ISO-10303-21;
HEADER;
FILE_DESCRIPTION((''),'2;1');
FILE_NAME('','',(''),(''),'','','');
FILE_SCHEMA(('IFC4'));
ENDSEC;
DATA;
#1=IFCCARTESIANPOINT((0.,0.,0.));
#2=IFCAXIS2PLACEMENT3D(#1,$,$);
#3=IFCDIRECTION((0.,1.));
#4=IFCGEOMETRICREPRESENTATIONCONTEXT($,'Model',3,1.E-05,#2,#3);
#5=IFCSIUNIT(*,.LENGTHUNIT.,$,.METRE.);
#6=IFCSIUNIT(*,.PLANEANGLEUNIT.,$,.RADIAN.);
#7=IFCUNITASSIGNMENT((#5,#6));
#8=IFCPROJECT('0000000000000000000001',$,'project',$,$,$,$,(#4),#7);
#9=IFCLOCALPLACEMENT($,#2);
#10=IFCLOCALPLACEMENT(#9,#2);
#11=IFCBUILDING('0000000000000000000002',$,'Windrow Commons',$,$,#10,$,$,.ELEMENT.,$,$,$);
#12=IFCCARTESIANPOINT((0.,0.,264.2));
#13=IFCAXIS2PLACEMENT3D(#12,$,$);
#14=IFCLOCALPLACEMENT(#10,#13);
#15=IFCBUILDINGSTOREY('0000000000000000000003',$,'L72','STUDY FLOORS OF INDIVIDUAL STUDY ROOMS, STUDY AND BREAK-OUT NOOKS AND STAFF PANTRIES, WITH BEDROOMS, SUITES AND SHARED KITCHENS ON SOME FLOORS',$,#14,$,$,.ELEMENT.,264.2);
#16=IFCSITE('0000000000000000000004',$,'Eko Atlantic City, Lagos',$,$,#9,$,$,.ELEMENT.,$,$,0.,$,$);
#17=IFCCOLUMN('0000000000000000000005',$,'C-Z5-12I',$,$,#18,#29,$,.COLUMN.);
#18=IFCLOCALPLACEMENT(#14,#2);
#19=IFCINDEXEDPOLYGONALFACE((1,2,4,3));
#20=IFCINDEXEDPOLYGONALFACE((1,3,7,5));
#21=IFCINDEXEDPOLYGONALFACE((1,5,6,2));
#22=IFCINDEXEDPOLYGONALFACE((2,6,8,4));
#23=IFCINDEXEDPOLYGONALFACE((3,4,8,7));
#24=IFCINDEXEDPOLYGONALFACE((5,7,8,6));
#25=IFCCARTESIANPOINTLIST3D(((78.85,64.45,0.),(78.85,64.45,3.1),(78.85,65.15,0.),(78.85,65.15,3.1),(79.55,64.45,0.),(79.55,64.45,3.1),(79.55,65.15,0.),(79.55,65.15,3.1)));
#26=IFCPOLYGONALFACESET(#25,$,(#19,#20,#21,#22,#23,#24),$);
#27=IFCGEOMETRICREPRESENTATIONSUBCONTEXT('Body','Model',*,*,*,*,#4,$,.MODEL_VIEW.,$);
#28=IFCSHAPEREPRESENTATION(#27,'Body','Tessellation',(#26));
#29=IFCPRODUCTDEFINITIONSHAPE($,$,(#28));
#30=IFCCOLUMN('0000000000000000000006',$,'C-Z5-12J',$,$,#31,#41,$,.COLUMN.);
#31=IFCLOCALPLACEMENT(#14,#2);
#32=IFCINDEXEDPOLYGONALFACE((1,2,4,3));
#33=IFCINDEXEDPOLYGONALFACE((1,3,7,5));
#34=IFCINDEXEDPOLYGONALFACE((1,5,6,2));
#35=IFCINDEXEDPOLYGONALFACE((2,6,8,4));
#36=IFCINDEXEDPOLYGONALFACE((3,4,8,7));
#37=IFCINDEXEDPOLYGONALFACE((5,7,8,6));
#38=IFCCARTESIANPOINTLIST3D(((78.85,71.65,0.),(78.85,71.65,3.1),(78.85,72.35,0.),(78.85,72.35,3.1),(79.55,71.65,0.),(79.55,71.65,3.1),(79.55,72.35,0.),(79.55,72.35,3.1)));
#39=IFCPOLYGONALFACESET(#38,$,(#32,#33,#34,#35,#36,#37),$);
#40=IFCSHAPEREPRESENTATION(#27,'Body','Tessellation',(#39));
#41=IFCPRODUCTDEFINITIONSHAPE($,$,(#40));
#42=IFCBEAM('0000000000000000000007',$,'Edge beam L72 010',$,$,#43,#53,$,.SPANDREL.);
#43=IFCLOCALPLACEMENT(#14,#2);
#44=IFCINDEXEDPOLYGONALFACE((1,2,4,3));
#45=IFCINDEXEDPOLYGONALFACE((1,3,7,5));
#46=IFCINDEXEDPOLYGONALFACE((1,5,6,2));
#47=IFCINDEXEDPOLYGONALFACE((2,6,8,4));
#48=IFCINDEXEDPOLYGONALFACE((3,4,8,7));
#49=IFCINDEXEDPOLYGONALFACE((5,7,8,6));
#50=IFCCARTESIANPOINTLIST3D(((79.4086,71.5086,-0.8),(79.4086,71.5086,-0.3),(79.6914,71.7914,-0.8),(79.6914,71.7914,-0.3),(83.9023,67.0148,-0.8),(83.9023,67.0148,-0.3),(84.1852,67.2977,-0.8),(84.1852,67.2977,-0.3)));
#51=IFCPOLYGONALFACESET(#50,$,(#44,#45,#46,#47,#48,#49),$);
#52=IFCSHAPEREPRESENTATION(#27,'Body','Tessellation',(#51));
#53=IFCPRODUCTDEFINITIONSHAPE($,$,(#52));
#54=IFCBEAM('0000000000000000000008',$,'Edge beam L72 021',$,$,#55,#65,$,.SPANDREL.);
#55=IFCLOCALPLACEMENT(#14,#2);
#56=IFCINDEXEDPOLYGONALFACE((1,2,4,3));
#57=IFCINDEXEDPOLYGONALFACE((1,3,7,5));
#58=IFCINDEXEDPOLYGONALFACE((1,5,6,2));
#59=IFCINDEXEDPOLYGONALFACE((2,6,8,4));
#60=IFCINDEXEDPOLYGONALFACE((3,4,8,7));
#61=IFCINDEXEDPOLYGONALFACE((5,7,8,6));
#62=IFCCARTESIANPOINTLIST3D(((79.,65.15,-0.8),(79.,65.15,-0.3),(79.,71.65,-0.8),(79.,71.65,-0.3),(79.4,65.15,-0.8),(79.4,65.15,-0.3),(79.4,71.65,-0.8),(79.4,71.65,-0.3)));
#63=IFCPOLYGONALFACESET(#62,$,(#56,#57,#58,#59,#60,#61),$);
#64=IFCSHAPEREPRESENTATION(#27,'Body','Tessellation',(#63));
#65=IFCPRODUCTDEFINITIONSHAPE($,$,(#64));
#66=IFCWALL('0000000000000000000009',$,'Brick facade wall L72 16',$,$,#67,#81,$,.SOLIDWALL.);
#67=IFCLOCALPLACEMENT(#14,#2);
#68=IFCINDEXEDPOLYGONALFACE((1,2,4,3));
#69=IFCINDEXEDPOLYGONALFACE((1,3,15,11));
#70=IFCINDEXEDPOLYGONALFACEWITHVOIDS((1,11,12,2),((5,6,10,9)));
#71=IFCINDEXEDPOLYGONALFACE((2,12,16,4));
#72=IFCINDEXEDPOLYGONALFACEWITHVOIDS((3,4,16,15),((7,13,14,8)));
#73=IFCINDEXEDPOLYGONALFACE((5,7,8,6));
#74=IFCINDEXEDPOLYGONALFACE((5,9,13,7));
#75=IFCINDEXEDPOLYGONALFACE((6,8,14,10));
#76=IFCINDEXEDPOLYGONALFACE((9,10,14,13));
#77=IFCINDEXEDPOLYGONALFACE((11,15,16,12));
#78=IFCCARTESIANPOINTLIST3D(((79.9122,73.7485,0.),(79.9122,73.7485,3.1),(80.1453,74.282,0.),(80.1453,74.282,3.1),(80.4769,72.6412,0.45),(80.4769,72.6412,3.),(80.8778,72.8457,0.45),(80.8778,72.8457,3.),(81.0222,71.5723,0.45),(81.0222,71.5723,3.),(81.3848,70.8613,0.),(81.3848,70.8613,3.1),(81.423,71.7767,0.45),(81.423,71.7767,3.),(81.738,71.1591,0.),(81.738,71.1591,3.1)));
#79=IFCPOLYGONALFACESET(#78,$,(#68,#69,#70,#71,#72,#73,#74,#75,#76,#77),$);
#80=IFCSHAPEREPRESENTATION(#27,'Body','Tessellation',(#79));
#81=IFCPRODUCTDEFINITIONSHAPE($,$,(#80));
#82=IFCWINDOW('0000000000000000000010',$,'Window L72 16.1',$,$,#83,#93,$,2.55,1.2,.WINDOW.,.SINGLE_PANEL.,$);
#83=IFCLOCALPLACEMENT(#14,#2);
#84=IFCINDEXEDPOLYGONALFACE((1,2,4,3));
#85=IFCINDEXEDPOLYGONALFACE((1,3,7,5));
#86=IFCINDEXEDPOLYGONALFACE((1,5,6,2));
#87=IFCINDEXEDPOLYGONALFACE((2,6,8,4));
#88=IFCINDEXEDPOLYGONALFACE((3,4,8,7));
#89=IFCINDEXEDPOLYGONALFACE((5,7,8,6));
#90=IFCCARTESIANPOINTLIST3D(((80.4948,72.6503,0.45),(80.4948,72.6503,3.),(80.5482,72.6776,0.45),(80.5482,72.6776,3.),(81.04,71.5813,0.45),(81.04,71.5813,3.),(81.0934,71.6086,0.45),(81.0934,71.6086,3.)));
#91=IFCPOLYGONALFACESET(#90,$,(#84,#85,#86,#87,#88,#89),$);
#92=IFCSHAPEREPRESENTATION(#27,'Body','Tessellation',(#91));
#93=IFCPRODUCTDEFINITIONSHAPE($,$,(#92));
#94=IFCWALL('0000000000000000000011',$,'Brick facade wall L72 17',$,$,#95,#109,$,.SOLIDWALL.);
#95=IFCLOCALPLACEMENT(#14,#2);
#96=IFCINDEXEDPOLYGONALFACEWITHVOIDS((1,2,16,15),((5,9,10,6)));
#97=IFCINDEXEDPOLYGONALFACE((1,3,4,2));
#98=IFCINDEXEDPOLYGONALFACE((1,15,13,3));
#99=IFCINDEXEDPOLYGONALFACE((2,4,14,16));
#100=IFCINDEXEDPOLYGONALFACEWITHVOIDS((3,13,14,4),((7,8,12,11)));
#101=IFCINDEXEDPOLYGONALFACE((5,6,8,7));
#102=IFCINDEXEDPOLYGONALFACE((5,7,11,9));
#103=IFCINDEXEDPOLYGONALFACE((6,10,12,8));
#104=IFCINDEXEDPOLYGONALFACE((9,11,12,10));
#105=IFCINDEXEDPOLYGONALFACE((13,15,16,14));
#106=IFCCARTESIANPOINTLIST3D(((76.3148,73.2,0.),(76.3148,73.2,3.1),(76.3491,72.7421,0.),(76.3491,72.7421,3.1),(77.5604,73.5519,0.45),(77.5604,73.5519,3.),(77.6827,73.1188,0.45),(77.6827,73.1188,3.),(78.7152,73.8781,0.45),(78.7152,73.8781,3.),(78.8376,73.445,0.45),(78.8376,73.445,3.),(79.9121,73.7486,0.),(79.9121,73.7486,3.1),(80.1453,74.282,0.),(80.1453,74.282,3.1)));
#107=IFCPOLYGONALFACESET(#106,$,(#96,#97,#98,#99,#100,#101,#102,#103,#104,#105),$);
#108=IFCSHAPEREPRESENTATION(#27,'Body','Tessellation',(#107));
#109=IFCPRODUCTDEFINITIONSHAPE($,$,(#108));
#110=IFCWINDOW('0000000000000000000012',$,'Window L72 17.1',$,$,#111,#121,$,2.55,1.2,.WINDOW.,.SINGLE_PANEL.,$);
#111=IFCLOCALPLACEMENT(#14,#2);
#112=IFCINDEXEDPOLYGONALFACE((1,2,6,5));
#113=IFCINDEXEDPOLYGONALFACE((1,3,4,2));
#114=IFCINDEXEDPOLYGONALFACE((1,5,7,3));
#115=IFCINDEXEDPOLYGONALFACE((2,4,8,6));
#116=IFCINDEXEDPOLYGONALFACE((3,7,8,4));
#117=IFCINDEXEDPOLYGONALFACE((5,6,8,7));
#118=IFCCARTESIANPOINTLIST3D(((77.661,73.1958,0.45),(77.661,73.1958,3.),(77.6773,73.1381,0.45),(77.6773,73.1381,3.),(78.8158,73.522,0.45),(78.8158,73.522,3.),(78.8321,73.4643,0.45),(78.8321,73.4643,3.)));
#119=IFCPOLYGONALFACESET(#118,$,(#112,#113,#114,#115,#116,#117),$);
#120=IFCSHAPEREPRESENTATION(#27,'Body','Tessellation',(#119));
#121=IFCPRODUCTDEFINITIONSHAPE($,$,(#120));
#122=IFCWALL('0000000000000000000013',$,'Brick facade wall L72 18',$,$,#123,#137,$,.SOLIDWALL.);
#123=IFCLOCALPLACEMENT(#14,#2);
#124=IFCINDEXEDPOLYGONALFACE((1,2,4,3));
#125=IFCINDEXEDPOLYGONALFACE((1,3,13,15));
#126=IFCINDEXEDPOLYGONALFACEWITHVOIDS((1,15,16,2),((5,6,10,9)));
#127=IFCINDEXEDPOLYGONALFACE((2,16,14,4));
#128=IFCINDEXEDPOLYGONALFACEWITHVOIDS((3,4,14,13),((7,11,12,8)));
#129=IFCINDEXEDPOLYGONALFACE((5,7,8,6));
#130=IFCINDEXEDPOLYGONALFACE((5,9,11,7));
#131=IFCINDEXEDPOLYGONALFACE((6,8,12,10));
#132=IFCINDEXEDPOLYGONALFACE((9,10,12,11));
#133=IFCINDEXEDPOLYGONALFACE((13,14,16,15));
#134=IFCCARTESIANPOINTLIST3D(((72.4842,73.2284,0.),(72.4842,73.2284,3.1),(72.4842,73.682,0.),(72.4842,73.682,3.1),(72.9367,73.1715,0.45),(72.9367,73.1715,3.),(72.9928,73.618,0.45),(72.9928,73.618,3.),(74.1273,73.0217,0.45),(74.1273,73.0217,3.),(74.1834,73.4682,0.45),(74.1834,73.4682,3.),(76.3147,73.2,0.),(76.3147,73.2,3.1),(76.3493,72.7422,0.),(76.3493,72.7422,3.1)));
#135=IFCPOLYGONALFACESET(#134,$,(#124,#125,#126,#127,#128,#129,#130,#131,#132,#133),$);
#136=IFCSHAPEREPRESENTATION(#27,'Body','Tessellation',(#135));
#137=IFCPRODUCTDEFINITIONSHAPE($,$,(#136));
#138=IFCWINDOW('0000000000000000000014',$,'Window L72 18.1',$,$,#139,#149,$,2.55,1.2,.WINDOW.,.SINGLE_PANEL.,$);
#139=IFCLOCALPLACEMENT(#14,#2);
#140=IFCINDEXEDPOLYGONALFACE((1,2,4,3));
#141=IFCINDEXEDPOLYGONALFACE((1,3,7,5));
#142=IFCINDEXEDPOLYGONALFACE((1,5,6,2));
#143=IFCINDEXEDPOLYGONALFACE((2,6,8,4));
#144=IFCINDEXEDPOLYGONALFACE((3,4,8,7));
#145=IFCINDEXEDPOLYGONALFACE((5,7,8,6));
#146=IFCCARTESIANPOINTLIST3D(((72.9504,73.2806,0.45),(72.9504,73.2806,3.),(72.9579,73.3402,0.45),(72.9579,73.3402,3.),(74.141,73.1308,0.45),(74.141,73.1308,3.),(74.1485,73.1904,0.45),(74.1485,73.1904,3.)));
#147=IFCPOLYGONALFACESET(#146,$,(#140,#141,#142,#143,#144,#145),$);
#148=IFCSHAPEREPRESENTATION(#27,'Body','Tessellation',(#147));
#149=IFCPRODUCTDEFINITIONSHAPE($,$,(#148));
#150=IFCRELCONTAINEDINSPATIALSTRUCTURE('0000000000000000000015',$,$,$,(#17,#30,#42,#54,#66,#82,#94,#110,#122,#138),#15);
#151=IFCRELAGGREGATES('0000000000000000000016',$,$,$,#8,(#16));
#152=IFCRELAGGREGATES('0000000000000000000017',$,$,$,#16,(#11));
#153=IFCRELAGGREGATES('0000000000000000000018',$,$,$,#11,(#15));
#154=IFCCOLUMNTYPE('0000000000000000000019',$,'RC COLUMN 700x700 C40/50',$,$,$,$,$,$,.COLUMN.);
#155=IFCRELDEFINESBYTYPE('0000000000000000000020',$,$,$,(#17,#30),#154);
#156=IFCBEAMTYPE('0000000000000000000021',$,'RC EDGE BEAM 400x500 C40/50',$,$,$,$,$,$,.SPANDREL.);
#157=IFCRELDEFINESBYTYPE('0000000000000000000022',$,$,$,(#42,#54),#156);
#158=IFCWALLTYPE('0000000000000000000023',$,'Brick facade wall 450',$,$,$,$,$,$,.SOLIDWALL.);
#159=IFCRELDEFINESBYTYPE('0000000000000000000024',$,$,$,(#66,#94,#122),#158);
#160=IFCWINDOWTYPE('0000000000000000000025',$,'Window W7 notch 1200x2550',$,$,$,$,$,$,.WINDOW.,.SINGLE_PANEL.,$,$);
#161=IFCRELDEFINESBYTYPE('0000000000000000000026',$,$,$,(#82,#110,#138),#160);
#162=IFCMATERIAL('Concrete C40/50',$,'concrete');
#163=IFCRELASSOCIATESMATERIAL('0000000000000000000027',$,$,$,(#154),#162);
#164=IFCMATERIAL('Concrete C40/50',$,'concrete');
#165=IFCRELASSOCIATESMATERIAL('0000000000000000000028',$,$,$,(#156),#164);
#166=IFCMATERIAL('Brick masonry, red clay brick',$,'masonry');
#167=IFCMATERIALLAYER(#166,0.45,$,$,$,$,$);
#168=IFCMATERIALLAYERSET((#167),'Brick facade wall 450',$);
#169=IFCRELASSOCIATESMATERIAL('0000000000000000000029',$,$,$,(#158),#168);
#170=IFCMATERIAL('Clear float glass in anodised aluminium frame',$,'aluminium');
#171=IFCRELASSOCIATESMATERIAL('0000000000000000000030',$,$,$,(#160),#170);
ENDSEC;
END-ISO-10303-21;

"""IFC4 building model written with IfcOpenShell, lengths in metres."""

from ifc_helpers import new_model, si_unit, direction, frame, frame_2d, origin, origin_2d, place, context, subcontext, project, spatial, polyline, rectangle, outline, extrude, material, layer, layer_set, material_profile, profile_set, type_object, element, fill, save


model = new_model("IFC4")

# Units and contexts
model_context = context("Model", 3, precision=1e-05, world=origin(), true_north=direction((0.0, 1.0)))
body_context = subcontext(model_context, "Body", "Model", "MODEL_VIEW")
ifc_project = project(units=[si_unit("LENGTHUNIT", "METRE"), si_unit("PLANEANGLEUNIT", "RADIAN")], contexts=[model_context])

# Site, building, storey
site_placement = place(None, origin())
site = spatial("IfcSite", under=ifc_project, at=site_placement, Name="Eko Atlantic City, Lagos", CompositionType="ELEMENT", RefElevation=0.0)
building_placement = place(site_placement, origin())
building = spatial("IfcBuilding", under=site, at=building_placement, Name="Windrow Commons", CompositionType="ELEMENT")
storey_placement = place(building_placement, frame((0.0, 0.0, 264.2)))
storey = spatial("IfcBuildingStorey", under=building, at=storey_placement, Name="L72", Description="STUDY FLOORS OF INDIVIDUAL STUDY ROOMS, STUDY AND BREAK-OUT NOOKS AND STAFF PANTRIES, WITH BEDROOMS, SUITES AND SHARED KITCHENS ON SOME FLOORS", CompositionType="ELEMENT", Elevation=264.2)

# Columns
ifc_material_1 = material(Name="Concrete C40/50", Category="concrete")
ifc_material_profile_1 = material_profile(ifc_material_1, rectangle(XDim=0.7, YDim=0.7, at=origin_2d()))
ifc_profile_set_1 = profile_set([ifc_material_profile_1], Name="Concrete C40/50")
column_type = type_object("IfcColumnType", Name="RC COLUMN 700x700 C40/50", PredefinedType="COLUMN", material=ifc_profile_set_1)
for number, where, z_axis, x_axis, name in (
    (1, (79.2, 64.8, 0.0), (0.0, 0.0, 1.0), (1.0, 0.0, 0.0), "C-Z5-12I"),
    (2, (79.2, 72.0, 0.0), (0.0, 0.0, 1.0), (1.0, 0.0, 0.0), "C-Z5-12J"),
):
    element("IfcColumn", number, at=place(storey_placement, frame(where, z_axis=z_axis, x_axis=x_axis)), inside=storey, type_object=column_type, Name=name, PredefinedType="COLUMN", context=body_context, shape_type="SweptSolid", body=[
        extrude(rectangle(XDim=0.7, YDim=0.7, at=origin_2d()), origin(), (0.0, 0.0, 1.0), 3.1),
    ])

# Beams
ifc_material_2 = material(Name="Concrete C40/50", Category="concrete")
ifc_material_profile_2 = material_profile(ifc_material_2, rectangle(XDim=0.4, YDim=0.5, at=origin_2d()))
ifc_profile_set_2 = profile_set([ifc_material_profile_2], Name="Concrete C40/50")
beam_type = type_object("IfcBeamType", Name="RC EDGE BEAM 400x500 C40/50", PredefinedType="SPANDREL", material=ifc_profile_set_2)
beam_1_placement = place(storey_placement, frame((79.55, 71.65, -0.55), z_axis=(0.707107, -0.707107, 0.0), x_axis=(0.707107, 0.707107, 0.0)))
element("IfcBeam", 3, at=beam_1_placement, inside=storey, type_object=beam_type, Name="Edge beam L72 010", PredefinedType="SPANDREL", context=body_context, shape_type="SweptSolid", body=[
    extrude(rectangle(XDim=0.4, YDim=0.5, at=origin_2d()), origin(), (0.0, 0.0, 1.0), 6.3551),
])
beam_2_placement = place(storey_placement, frame((79.2, 65.15, -0.55), z_axis=(0.0, 1.0, 0.0), x_axis=(-1.0, 0.0, 0.0)))
element("IfcBeam", 4, at=beam_2_placement, inside=storey, type_object=beam_type, Name="Edge beam L72 021", PredefinedType="SPANDREL", context=body_context, shape_type="SweptSolid", body=[
    extrude(rectangle(XDim=0.4, YDim=0.5, at=origin_2d()), origin(), (0.0, 0.0, 1.0), 6.5),
])

# Walls, openings, windows
ifc_material_3 = material(Name="Brick masonry, red clay brick", Category="masonry")
ifc_layer_1 = layer(ifc_material_3, 0.45)
ifc_layer_set_1 = layer_set([ifc_layer_1], Name="Brick facade wall 450")
wall_type_1 = type_object("IfcWallType", Name="Brick facade wall 450", PredefinedType="SOLIDWALL", material=ifc_layer_set_1)
wall_1_placement = place(storey_placement, frame((81.5614, 71.0102, 0.0), z_axis=(0.0, 0.0, 1.0), x_axis=(-0.454349, 0.890824, 0.0)))
wall_1 = element("IfcWall", 5, at=wall_1_placement, inside=storey, type_object=wall_type_1, Name="Brick facade wall L72 16", PredefinedType="SOLIDWALL", context=body_context, shape_type="SweptSolid", body=[
    extrude(outline(polyline([(0.0524, -0.225), (3.558, -0.225), (3.1887, 0.225), (-0.0524, 0.225), (0.0524, -0.225)])), origin(), (0.0, 0.0, 1.0), 3.1),
])
opening_1_placement = place(wall_1_placement, frame((0.7457, 0.0, 0.45)))
opening_1 = element("IfcOpeningElement", 6, at=opening_1_placement, cuts=wall_1, PredefinedType="OPENING", context=body_context, shape_type="SweptSolid", body=[
    extrude(rectangle(XDim=1.2, YDim=2.55, at=frame_2d((0.6, 1.275))), frame((0.0, 0.235, 0.0), z_axis=(0.0, -1.0, 0.0), x_axis=(1.0, 0.0, 0.0)), (0.0, 0.0, 1.0), 0.47),
])
ifc_material_4 = material(Name="Clear float glass in anodised aluminium frame", Category="aluminium")
window_type = type_object("IfcWindowType", Name="Window W7 notch 1200x2550", PartitioningType="SINGLE_PANEL", PredefinedType="WINDOW", material=ifc_material_4)
window_1_placement = place(opening_1_placement, origin())
window_1 = element("IfcWindow", 7, at=window_1_placement, inside=storey, type_object=window_type, Name="Window L72 16.1", OverallHeight=2.55, OverallWidth=1.2, PartitioningType="SINGLE_PANEL", PredefinedType="WINDOW", context=body_context, shape_type="SweptSolid", body=[
    extrude(rectangle(XDim=1.2, YDim=2.55, at=frame_2d((0.6, 1.275))), frame((0.0, 0.205, 0.0), z_axis=(0.0, -1.0, 0.0), x_axis=(1.0, 0.0, 0.0)), (0.0, 0.0, 1.0), 0.06),
])
fill(opening_1, window_1)
wall_2_placement = place(storey_placement, frame((80.0287, 74.0153, 0.0), z_axis=(0.0, 0.0, 1.0), x_axis=(-0.962345, -0.271832, 0.0)))
wall_2 = element("IfcWall", 8, at=wall_2_placement, inside=storey, type_object=wall_type_1, Name="Brick facade wall L72 17", PredefinedType="SOLIDWALL", context=body_context, shape_type="SweptSolid", body=[
    extrude(outline(polyline([(-0.1847, -0.225), (3.7957, -0.225), (3.8871, 0.225), (0.1847, 0.225), (-0.1847, -0.225)])), origin(), (0.0, 0.0, 1.0), 3.1),
])
opening_2_placement = place(wall_2_placement, frame((1.3013, 0.0, 0.45)))
opening_2 = element("IfcOpeningElement", 9, at=opening_2_placement, cuts=wall_2, PredefinedType="OPENING", context=body_context, shape_type="SweptSolid", body=[
    extrude(rectangle(XDim=1.2, YDim=2.55, at=frame_2d((0.6, 1.275))), frame((0.0, 0.235, 0.0), z_axis=(0.0, -1.0, 0.0), x_axis=(1.0, 0.0, 0.0)), (0.0, 0.0, 1.0), 0.47),
])
window_2_placement = place(opening_2_placement, origin())
window_2 = element("IfcWindow", 10, at=window_2_placement, inside=storey, type_object=window_type, Name="Window L72 17.1", OverallHeight=2.55, OverallWidth=1.2, PartitioningType="SINGLE_PANEL", PredefinedType="WINDOW", context=body_context, shape_type="SweptSolid", body=[
    extrude(rectangle(XDim=1.2, YDim=2.55, at=frame_2d((0.6, 1.275))), frame((0.0, 0.205, 0.0), z_axis=(0.0, -1.0, 0.0), x_axis=(1.0, 0.0, 0.0)), (0.0, 0.0, 1.0), 0.06),
])
fill(opening_2, window_2)
wall_3_placement = place(storey_placement, frame((76.332, 72.9711, 0.0), z_axis=(0.0, 0.0, 1.0), x_axis=(-0.992178, 0.124828, 0.0)))
wall_3 = element("IfcWall", 11, at=wall_3_placement, inside=storey, type_object=wall_type_1, Name="Brick facade wall L72 18", PredefinedType="SOLIDWALL", context=body_context, shape_type="SweptSolid", body=[
    extrude(outline(polyline([(0.0457, -0.225), (3.9064, -0.225), (3.8498, 0.225), (-0.0457, 0.225), (0.0457, -0.225)])), origin(), (0.0, 0.0, 1.0), 3.1),
])
opening_3_placement = place(wall_3_placement, frame((2.1938, 0.0, 0.45)))
opening_3 = element("IfcOpeningElement", 12, at=opening_3_placement, cuts=wall_3, PredefinedType="OPENING", context=body_context, shape_type="SweptSolid", body=[
    extrude(rectangle(XDim=1.2, YDim=2.55, at=frame_2d((0.6, 1.275))), frame((0.0, 0.235, 0.0), z_axis=(0.0, -1.0, 0.0), x_axis=(1.0, 0.0, 0.0)), (0.0, 0.0, 1.0), 0.47),
])
window_3_placement = place(opening_3_placement, origin())
window_3 = element("IfcWindow", 13, at=window_3_placement, inside=storey, type_object=window_type, Name="Window L72 18.1", OverallHeight=2.55, OverallWidth=1.2, PartitioningType="SINGLE_PANEL", PredefinedType="WINDOW", context=body_context, shape_type="SweptSolid", body=[
    extrude(rectangle(XDim=1.2, YDim=2.55, at=frame_2d((0.6, 1.275))), frame((0.0, 0.115, 0.0), z_axis=(0.0, -1.0, 0.0), x_axis=(1.0, 0.0, 0.0)), (0.0, 0.0, 1.0), 0.06),
])
fill(opening_3, window_3)

save(model, "model.ifc")
